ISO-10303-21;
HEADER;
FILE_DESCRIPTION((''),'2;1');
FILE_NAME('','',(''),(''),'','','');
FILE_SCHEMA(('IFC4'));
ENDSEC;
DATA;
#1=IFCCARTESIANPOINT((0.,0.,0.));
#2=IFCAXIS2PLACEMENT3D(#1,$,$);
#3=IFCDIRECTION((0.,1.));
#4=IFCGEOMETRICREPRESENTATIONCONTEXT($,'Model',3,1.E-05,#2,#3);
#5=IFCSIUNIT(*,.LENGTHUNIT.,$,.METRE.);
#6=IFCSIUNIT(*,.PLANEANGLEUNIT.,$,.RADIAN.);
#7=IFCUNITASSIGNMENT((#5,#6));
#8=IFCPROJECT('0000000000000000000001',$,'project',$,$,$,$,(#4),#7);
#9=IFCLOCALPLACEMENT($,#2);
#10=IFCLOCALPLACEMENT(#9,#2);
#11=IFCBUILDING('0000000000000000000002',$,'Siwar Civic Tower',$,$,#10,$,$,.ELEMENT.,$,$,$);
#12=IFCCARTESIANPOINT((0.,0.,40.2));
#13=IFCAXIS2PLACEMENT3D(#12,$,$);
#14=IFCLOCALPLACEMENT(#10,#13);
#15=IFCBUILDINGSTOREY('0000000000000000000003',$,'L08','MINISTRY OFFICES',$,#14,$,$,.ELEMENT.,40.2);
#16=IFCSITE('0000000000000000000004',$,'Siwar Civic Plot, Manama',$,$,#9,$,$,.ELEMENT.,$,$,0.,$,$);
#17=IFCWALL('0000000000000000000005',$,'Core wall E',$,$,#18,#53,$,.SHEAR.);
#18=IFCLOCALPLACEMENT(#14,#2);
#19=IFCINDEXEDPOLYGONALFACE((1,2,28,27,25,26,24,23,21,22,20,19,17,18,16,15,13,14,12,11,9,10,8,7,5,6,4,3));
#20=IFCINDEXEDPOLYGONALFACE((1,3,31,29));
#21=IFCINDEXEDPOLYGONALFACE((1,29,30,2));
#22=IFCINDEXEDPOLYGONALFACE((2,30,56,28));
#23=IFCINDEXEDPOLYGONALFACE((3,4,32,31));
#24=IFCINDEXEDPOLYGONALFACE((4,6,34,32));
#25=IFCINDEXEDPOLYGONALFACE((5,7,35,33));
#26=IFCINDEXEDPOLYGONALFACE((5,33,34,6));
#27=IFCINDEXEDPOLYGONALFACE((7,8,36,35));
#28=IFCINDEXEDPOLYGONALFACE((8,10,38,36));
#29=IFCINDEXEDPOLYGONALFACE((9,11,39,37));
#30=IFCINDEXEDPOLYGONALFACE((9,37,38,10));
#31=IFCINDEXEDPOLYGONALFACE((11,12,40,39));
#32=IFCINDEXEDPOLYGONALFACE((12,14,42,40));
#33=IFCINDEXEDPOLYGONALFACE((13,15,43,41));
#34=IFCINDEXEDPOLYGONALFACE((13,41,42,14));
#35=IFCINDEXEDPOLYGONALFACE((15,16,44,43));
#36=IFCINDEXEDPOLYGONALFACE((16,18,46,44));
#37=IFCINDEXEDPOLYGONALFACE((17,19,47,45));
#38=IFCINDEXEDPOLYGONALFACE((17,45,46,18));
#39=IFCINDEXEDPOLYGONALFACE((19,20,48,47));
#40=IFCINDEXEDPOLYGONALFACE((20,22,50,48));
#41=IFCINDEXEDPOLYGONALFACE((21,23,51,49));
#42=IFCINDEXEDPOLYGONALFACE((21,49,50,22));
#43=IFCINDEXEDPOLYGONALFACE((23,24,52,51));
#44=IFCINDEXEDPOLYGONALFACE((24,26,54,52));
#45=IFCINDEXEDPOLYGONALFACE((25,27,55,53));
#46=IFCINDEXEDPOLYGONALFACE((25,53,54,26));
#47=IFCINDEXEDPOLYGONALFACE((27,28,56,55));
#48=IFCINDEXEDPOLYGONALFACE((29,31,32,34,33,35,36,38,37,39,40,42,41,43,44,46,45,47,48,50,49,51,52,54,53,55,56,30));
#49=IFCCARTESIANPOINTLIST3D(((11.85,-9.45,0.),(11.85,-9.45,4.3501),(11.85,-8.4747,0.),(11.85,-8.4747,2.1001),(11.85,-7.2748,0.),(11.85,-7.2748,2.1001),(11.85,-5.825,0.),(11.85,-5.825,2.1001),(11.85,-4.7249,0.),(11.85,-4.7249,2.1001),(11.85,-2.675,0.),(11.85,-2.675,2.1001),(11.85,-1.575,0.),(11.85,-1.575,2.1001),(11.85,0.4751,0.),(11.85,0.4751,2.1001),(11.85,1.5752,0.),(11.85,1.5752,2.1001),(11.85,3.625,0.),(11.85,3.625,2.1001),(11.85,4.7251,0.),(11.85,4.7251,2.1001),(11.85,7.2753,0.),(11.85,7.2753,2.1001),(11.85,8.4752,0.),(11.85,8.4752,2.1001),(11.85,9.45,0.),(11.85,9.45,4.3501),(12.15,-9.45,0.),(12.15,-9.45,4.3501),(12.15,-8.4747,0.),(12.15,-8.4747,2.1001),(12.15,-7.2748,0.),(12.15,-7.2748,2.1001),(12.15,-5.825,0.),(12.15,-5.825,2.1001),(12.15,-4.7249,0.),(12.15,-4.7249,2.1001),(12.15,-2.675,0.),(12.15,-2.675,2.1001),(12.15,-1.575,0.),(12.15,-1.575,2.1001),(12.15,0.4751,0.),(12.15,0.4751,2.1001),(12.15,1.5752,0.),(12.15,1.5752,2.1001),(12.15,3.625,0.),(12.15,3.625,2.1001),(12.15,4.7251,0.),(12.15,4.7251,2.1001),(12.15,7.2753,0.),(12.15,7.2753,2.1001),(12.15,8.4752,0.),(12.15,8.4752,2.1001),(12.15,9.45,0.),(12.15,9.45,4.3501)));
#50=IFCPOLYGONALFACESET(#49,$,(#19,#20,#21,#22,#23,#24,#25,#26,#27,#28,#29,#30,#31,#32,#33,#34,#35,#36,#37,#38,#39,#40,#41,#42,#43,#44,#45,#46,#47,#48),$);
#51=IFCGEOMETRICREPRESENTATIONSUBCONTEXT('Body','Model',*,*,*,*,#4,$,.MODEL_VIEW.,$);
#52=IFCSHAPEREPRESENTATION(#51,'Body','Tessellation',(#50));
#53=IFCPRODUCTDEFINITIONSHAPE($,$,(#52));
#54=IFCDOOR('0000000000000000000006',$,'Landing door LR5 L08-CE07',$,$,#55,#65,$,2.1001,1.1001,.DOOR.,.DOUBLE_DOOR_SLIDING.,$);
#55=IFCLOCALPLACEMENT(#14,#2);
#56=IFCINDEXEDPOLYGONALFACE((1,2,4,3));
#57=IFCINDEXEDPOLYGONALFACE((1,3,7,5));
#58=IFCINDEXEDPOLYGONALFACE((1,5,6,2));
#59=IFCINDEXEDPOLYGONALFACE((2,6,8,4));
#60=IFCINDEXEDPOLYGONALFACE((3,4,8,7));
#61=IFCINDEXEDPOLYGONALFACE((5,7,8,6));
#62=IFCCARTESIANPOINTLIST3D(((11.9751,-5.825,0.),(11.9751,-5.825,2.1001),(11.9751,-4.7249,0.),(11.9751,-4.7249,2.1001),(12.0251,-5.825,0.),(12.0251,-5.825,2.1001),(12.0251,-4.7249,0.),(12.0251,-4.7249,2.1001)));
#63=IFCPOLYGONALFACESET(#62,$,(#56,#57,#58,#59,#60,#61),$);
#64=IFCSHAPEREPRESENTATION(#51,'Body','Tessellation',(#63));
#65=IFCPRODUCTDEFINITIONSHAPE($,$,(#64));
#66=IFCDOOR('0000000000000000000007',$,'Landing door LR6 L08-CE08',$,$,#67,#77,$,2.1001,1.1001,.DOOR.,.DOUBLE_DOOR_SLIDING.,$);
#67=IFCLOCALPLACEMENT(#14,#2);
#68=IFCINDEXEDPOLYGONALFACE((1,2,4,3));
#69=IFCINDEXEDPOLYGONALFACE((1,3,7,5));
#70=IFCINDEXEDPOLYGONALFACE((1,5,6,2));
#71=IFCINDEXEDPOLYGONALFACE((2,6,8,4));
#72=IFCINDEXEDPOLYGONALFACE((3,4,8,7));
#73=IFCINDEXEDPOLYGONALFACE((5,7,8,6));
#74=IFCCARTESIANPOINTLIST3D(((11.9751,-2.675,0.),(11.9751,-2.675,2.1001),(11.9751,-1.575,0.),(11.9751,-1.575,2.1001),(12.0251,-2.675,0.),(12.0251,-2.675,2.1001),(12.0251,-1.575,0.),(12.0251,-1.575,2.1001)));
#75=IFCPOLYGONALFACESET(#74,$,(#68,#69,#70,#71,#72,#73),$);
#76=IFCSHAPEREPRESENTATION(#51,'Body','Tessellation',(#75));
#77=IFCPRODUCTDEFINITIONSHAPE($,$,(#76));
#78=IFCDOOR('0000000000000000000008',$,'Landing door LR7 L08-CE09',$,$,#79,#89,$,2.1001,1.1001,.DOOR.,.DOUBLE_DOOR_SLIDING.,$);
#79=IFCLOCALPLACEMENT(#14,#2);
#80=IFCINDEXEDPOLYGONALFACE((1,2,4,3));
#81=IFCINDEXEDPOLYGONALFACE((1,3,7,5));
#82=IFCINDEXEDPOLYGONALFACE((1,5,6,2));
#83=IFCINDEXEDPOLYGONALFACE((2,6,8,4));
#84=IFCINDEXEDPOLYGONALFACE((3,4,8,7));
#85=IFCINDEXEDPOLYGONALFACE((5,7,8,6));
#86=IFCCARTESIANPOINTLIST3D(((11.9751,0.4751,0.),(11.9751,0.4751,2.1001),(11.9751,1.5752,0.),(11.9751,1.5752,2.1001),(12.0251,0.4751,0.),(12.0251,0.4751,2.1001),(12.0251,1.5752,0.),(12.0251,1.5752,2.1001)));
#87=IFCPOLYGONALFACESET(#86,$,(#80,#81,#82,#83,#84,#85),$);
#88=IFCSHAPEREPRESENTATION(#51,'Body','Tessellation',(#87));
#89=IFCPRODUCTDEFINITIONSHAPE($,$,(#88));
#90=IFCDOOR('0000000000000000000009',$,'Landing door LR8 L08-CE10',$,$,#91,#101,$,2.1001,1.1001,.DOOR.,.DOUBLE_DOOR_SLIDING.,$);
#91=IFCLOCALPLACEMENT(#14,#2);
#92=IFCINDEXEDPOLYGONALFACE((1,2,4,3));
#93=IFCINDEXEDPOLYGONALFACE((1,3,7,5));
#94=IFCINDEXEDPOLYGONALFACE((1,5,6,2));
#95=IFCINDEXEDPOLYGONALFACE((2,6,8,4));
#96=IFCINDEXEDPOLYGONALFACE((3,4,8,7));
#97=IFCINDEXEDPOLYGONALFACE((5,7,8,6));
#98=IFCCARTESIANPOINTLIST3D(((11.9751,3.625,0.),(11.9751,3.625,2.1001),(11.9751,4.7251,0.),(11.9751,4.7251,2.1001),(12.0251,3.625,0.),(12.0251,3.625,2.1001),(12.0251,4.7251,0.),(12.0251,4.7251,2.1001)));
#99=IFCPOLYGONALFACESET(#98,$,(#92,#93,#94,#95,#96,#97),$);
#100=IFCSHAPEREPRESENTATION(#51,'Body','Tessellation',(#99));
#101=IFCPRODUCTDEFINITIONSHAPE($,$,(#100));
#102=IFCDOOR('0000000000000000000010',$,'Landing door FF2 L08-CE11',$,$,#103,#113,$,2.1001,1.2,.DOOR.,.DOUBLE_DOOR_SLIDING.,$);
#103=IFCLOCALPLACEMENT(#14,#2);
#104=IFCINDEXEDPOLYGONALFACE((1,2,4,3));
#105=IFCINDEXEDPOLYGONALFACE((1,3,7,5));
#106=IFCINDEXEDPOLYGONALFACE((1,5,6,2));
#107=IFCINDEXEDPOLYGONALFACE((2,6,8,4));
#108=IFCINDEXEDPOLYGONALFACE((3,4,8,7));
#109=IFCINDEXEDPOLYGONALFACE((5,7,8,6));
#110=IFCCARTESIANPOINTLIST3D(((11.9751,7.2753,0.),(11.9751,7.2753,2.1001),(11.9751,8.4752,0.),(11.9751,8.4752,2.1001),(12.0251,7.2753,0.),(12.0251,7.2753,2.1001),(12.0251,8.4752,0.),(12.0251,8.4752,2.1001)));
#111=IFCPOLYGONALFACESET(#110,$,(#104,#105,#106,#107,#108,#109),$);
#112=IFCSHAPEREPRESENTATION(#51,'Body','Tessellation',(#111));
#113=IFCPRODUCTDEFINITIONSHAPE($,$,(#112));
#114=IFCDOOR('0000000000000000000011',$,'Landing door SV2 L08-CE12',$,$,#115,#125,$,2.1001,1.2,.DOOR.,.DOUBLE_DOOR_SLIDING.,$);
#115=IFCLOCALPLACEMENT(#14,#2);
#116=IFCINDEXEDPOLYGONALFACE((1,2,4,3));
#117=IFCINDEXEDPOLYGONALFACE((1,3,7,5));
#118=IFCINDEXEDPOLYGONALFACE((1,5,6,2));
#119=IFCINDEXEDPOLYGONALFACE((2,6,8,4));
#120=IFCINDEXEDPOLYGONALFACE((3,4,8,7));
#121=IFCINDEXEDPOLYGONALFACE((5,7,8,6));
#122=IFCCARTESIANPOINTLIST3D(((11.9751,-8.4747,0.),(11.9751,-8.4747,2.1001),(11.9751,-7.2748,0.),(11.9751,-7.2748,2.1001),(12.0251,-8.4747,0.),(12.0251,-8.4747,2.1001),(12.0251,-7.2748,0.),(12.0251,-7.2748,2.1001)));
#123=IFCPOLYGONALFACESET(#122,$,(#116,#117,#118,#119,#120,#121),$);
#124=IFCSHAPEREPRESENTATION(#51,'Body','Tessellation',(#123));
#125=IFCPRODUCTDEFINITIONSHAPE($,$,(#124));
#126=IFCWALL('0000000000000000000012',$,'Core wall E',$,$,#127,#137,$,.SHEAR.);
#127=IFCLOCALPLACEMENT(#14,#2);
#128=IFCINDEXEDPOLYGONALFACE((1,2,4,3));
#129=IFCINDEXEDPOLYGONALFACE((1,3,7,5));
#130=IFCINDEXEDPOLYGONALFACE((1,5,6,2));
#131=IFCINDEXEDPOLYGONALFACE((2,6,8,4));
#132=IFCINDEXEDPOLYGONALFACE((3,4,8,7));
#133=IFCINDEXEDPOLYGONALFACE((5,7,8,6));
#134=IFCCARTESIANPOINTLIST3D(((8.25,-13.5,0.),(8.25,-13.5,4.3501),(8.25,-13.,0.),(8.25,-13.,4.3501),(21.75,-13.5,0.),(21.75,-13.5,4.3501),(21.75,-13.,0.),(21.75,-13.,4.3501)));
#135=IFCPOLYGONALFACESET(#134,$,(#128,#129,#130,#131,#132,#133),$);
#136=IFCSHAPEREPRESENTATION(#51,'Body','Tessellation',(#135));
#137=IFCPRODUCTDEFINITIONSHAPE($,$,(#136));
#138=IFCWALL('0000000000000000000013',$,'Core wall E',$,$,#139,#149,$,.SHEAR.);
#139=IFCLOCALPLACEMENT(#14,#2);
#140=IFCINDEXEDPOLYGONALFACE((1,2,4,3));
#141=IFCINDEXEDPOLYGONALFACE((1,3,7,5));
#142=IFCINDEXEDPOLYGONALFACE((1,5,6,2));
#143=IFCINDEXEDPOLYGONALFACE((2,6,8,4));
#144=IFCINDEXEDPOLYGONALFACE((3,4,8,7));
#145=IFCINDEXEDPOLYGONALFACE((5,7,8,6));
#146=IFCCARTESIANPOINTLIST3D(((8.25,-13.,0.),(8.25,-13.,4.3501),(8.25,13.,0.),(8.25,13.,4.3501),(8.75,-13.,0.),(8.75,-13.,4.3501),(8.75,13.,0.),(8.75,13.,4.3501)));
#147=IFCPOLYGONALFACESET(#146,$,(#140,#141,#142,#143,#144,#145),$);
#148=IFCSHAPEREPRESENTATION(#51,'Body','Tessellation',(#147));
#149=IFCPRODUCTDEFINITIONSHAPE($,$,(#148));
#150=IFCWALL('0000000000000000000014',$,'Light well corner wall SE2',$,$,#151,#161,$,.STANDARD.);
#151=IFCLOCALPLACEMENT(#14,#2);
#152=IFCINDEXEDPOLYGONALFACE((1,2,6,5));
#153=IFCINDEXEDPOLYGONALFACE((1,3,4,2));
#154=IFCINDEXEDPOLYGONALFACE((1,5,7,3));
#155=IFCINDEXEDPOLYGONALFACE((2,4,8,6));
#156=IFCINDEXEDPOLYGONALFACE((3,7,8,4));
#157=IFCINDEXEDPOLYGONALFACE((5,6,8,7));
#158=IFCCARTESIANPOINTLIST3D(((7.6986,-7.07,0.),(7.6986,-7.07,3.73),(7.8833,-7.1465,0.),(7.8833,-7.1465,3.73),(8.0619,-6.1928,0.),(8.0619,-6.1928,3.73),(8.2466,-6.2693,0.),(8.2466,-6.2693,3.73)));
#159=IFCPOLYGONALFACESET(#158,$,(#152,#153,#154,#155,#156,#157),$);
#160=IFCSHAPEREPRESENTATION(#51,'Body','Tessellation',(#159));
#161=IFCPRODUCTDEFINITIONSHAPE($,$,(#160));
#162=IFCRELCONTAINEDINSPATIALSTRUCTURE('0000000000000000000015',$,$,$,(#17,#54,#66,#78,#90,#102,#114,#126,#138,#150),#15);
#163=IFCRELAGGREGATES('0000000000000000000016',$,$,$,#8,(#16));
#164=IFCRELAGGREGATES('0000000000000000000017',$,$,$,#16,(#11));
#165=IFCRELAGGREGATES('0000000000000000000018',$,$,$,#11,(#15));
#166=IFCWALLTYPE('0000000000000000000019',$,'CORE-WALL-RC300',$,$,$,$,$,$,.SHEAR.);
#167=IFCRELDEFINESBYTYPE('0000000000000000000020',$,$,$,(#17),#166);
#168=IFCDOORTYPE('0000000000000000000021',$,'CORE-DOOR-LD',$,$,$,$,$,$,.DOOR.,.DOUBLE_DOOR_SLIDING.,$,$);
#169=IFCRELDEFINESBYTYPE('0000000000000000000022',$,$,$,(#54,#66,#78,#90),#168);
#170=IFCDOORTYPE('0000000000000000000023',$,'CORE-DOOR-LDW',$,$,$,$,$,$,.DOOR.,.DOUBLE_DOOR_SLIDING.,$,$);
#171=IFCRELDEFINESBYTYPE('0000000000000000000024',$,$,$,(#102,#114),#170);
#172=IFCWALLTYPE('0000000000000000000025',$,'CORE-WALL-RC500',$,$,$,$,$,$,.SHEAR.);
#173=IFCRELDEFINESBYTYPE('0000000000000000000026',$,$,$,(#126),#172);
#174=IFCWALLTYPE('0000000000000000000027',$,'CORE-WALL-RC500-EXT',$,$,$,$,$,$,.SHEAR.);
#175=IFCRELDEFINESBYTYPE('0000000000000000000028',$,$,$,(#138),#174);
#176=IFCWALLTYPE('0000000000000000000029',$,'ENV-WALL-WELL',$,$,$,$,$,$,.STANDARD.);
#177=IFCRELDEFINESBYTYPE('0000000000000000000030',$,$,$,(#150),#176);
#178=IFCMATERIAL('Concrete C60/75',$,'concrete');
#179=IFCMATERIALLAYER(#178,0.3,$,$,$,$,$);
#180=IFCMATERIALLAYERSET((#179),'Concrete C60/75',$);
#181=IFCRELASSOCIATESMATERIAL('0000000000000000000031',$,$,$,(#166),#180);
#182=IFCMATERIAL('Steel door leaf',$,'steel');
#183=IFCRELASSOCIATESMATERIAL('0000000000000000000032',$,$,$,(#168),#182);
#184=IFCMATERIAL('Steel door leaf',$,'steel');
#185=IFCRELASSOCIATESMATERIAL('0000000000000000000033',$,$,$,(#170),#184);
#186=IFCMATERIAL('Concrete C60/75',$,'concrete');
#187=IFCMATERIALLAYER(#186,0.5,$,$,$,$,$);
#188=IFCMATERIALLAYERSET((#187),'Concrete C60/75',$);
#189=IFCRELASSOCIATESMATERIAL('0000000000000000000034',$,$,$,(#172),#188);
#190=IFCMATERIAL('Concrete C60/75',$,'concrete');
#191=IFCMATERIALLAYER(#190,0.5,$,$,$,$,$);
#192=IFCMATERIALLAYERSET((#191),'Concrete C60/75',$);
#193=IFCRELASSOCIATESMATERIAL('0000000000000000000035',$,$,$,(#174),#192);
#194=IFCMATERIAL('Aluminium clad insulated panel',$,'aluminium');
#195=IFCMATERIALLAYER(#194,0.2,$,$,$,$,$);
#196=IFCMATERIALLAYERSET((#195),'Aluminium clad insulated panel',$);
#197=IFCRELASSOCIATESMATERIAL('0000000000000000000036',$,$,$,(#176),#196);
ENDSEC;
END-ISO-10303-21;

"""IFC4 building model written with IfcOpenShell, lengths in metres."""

from ifc_helpers import new_model, si_unit, direction, frame, frame_2d, origin, place, context, subcontext, project, spatial, rectangle, extrude, material, layer, layer_set, type_object, element, fill, save


model = new_model("IFC4")

# Units and contexts
model_context = context("Model", 3, precision=1e-05, world=origin(), true_north=direction((0.0, 1.0)))
body_context = subcontext(model_context, "Body", "Model", "MODEL_VIEW")
ifc_project = project(units=[si_unit("LENGTHUNIT", "METRE"), si_unit("PLANEANGLEUNIT", "RADIAN")], contexts=[model_context])

# Site, building, storey
site_placement = place(None, origin())
site = spatial("IfcSite", under=ifc_project, at=site_placement, Name="Siwar Civic Plot, Manama", CompositionType="ELEMENT", RefElevation=0.0)
building_placement = place(site_placement, origin())
building = spatial("IfcBuilding", under=site, at=building_placement, Name="Siwar Civic Tower", CompositionType="ELEMENT")
storey_placement = place(building_placement, frame((0.0, 0.0, 40.2)))
storey = spatial("IfcBuildingStorey", under=building, at=storey_placement, Name="L08", Description="MINISTRY OFFICES", CompositionType="ELEMENT", Elevation=40.2)

# Wall, openings, doors
ifc_material_1 = material(Name="Concrete C60/75", Category="concrete")
ifc_layer_1 = layer(ifc_material_1, 0.3)
ifc_layer_set_1 = layer_set([ifc_layer_1], Name="Concrete C60/75")
wall_type_1 = type_object("IfcWallType", Name="CORE-WALL-RC300", PredefinedType="SHEAR", material=ifc_layer_set_1)
wall_1_placement = place(storey_placement, frame((12.0, -9.45, 0.0), z_axis=(0.0, 0.0, 1.0), x_axis=(0.0, 1.0, 0.0)))
wall_1 = element("IfcWall", 1, at=wall_1_placement, inside=storey, type_object=wall_type_1, Name="Core wall E", PredefinedType="SHEAR", context=body_context, shape_type="SweptSolid", body=[
    extrude(rectangle(XDim=18.8999, YDim=0.3, at=frame_2d((9.45, 0.0))), origin(), (0.0, 0.0, 1.0), 4.3501),
])
opening_1_placement = place(wall_1_placement, frame((3.625, 0.0, 0.0)))
opening_1 = element("IfcOpeningElement", 2, at=opening_1_placement, cuts=wall_1, PredefinedType="OPENING", context=body_context, shape_type="SweptSolid", body=[
    extrude(rectangle(XDim=1.1001, YDim=2.1001, at=frame_2d((0.55, 1.05))), frame((0.0, 0.1602, 0.0), z_axis=(0.0, -1.0, 0.0), x_axis=(1.0, 0.0, 0.0)), (0.0, 0.0, 1.0), 0.3201),
])
opening_2_placement = place(wall_1_placement, frame((6.7749, 0.0, 0.0)))
opening_2 = element("IfcOpeningElement", 3, at=opening_2_placement, cuts=wall_1, PredefinedType="OPENING", context=body_context, shape_type="SweptSolid", body=[
    extrude(rectangle(XDim=1.1001, YDim=2.1001, at=frame_2d((0.55, 1.05))), frame((0.0, 0.1602, 0.0), z_axis=(0.0, -1.0, 0.0), x_axis=(1.0, 0.0, 0.0)), (0.0, 0.0, 1.0), 0.3201),
])
opening_3_placement = place(wall_1_placement, frame((9.925, 0.0, 0.0)))
opening_3 = element("IfcOpeningElement", 4, at=opening_3_placement, cuts=wall_1, PredefinedType="OPENING", context=body_context, shape_type="SweptSolid", body=[
    extrude(rectangle(XDim=1.1001, YDim=2.1001, at=frame_2d((0.55, 1.05))), frame((0.0, 0.1602, 0.0), z_axis=(0.0, -1.0, 0.0), x_axis=(1.0, 0.0, 0.0)), (0.0, 0.0, 1.0), 0.3201),
])
opening_4_placement = place(wall_1_placement, frame((13.075, 0.0, 0.0)))
opening_4 = element("IfcOpeningElement", 5, at=opening_4_placement, cuts=wall_1, PredefinedType="OPENING", context=body_context, shape_type="SweptSolid", body=[
    extrude(rectangle(XDim=1.1001, YDim=2.1001, at=frame_2d((0.55, 1.05))), frame((0.0, 0.1602, 0.0), z_axis=(0.0, -1.0, 0.0), x_axis=(1.0, 0.0, 0.0)), (0.0, 0.0, 1.0), 0.3201),
])
opening_5_placement = place(wall_1_placement, frame((16.7251, 0.0, 0.0)))
opening_5 = element("IfcOpeningElement", 6, at=opening_5_placement, cuts=wall_1, PredefinedType="OPENING", context=body_context, shape_type="SweptSolid", body=[
    extrude(rectangle(XDim=1.2, YDim=2.1001, at=frame_2d((0.6001, 1.05))), frame((0.0, 0.1602, 0.0), z_axis=(0.0, -1.0, 0.0), x_axis=(1.0, 0.0, 0.0)), (0.0, 0.0, 1.0), 0.3201),
])
opening_6_placement = place(wall_1_placement, frame((0.9751, 0.0, 0.0)))
opening_6 = element("IfcOpeningElement", 7, at=opening_6_placement, cuts=wall_1, PredefinedType="OPENING", context=body_context, shape_type="SweptSolid", body=[
    extrude(rectangle(XDim=1.2, YDim=2.1001, at=frame_2d((0.6001, 1.05))), frame((0.0, 0.1602, 0.0), z_axis=(0.0, -1.0, 0.0), x_axis=(1.0, 0.0, 0.0)), (0.0, 0.0, 1.0), 0.3201),
])
ifc_material_2 = material(Name="Steel door leaf", Category="steel")
door_type_1 = type_object("IfcDoorType", Name="CORE-DOOR-LD", OperationType="DOUBLE_DOOR_SLIDING", PredefinedType="DOOR", material=ifc_material_2)
door_1_placement = place(opening_1_placement, origin())
door_1 = element("IfcDoor", 8, at=door_1_placement, inside=storey, type_object=door_type_1, Name="Landing door LR5 L08-CE07", OperationType="DOUBLE_DOOR_SLIDING", OverallHeight=2.1001, OverallWidth=1.1001, PredefinedType="DOOR", context=body_context, shape_type="SweptSolid", body=[
    extrude(rectangle(XDim=1.1001, YDim=2.1001, at=frame_2d((0.55, 1.05))), frame((0.0, 0.0249, 0.0), z_axis=(0.0, -1.0, 0.0), x_axis=(1.0, 0.0, 0.0)), (0.0, 0.0, 1.0), 0.05),
])
fill(opening_1, door_1)
door_2_placement = place(opening_2_placement, origin())
door_2 = element("IfcDoor", 9, at=door_2_placement, inside=storey, type_object=door_type_1, Name="Landing door LR6 L08-CE08", OperationType="DOUBLE_DOOR_SLIDING", OverallHeight=2.1001, OverallWidth=1.1001, PredefinedType="DOOR", context=body_context, shape_type="SweptSolid", body=[
    extrude(rectangle(XDim=1.1001, YDim=2.1001, at=frame_2d((0.55, 1.05))), frame((0.0, 0.0249, 0.0), z_axis=(0.0, -1.0, 0.0), x_axis=(1.0, 0.0, 0.0)), (0.0, 0.0, 1.0), 0.05),
])
fill(opening_2, door_2)
door_3_placement = place(opening_3_placement, origin())
door_3 = element("IfcDoor", 10, at=door_3_placement, inside=storey, type_object=door_type_1, Name="Landing door LR7 L08-CE09", OperationType="DOUBLE_DOOR_SLIDING", OverallHeight=2.1001, OverallWidth=1.1001, PredefinedType="DOOR", context=body_context, shape_type="SweptSolid", body=[
    extrude(rectangle(XDim=1.1001, YDim=2.1001, at=frame_2d((0.55, 1.05))), frame((0.0, 0.0249, 0.0), z_axis=(0.0, -1.0, 0.0), x_axis=(1.0, 0.0, 0.0)), (0.0, 0.0, 1.0), 0.05),
])
fill(opening_3, door_3)
door_4_placement = place(opening_4_placement, origin())
door_4 = element("IfcDoor", 11, at=door_4_placement, inside=storey, type_object=door_type_1, Name="Landing door LR8 L08-CE10", OperationType="DOUBLE_DOOR_SLIDING", OverallHeight=2.1001, OverallWidth=1.1001, PredefinedType="DOOR", context=body_context, shape_type="SweptSolid", body=[
    extrude(rectangle(XDim=1.1001, YDim=2.1001, at=frame_2d((0.55, 1.05))), frame((0.0, 0.0249, 0.0), z_axis=(0.0, -1.0, 0.0), x_axis=(1.0, 0.0, 0.0)), (0.0, 0.0, 1.0), 0.05),
])
fill(opening_4, door_4)
ifc_material_3 = material(Name="Steel door leaf", Category="steel")
door_type_2 = type_object("IfcDoorType", Name="CORE-DOOR-LDW", OperationType="DOUBLE_DOOR_SLIDING", PredefinedType="DOOR", material=ifc_material_3)
door_5_placement = place(opening_5_placement, origin())
door_5 = element("IfcDoor", 12, at=door_5_placement, inside=storey, type_object=door_type_2, Name="Landing door FF2 L08-CE11", OperationType="DOUBLE_DOOR_SLIDING", OverallHeight=2.1001, OverallWidth=1.2, PredefinedType="DOOR", context=body_context, shape_type="SweptSolid", body=[
    extrude(rectangle(XDim=1.2, YDim=2.1001, at=frame_2d((0.6001, 1.05))), frame((0.0, 0.0249, 0.0), z_axis=(0.0, -1.0, 0.0), x_axis=(1.0, 0.0, 0.0)), (0.0, 0.0, 1.0), 0.05),
])
fill(opening_5, door_5)
door_6_placement = place(opening_6_placement, origin())
door_6 = element("IfcDoor", 13, at=door_6_placement, inside=storey, type_object=door_type_2, Name="Landing door SV2 L08-CE12", OperationType="DOUBLE_DOOR_SLIDING", OverallHeight=2.1001, OverallWidth=1.2, PredefinedType="DOOR", context=body_context, shape_type="SweptSolid", body=[
    extrude(rectangle(XDim=1.2, YDim=2.1001, at=frame_2d((0.6001, 1.05))), frame((0.0, 0.0249, 0.0), z_axis=(0.0, -1.0, 0.0), x_axis=(1.0, 0.0, 0.0)), (0.0, 0.0, 1.0), 0.05),
])
fill(opening_6, door_6)

# Walls
ifc_material_4 = material(Name="Concrete C60/75", Category="concrete")
ifc_layer_2 = layer(ifc_material_4, 0.5)
ifc_layer_set_2 = layer_set([ifc_layer_2], Name="Concrete C60/75")
wall_type_2 = type_object("IfcWallType", Name="CORE-WALL-RC500", PredefinedType="SHEAR", material=ifc_layer_set_2)
wall_2_placement = place(storey_placement, frame((8.25, -13.25, 0.0), z_axis=(0.0, 0.0, 1.0), x_axis=(1.0, 0.0, 0.0)))
element("IfcWall", 14, at=wall_2_placement, inside=storey, type_object=wall_type_2, Name="Core wall E", PredefinedType="SHEAR", context=body_context, shape_type="SweptSolid", body=[
    extrude(rectangle(XDim=13.5, YDim=0.5, at=frame_2d((6.75, 0.0))), origin(), (0.0, 0.0, 1.0), 4.3501),
])
ifc_material_5 = material(Name="Concrete C60/75", Category="concrete")
ifc_layer_3 = layer(ifc_material_5, 0.5)
ifc_layer_set_3 = layer_set([ifc_layer_3], Name="Concrete C60/75")
wall_type_3 = type_object("IfcWallType", Name="CORE-WALL-RC500-EXT", PredefinedType="SHEAR", material=ifc_layer_set_3)
wall_3_placement = place(storey_placement, frame((8.5, -13.0, 0.0), z_axis=(0.0, 0.0, 1.0), x_axis=(0.0, 1.0, 0.0)))
element("IfcWall", 15, at=wall_3_placement, inside=storey, type_object=wall_type_3, Name="Core wall E", PredefinedType="SHEAR", context=body_context, shape_type="SweptSolid", body=[
    extrude(rectangle(XDim=26.0, YDim=0.5, at=frame_2d((13.0, 0.0))), origin(), (0.0, 0.0, 1.0), 4.3501),
])
ifc_material_6 = material(Name="Aluminium clad insulated panel", Category="aluminium")
ifc_layer_4 = layer(ifc_material_6, 0.2)
ifc_layer_set_4 = layer_set([ifc_layer_4], Name="Aluminium clad insulated panel")
wall_type_4 = type_object("IfcWallType", Name="ENV-WALL-WELL", PredefinedType="STANDARD", material=ifc_layer_set_4)
wall_4_placement = place(storey_placement, frame((7.791, -7.1082, 0.0), z_axis=(0.0, 0.0, 1.0), x_axis=(0.382624, 0.923904, 0.0)))
element("IfcWall", 16, at=wall_4_placement, inside=storey, type_object=wall_type_4, Name="Light well corner wall SE2", PredefinedType="STANDARD", context=body_context, shape_type="SweptSolid", body=[
    extrude(rectangle(XDim=0.9495, YDim=0.2, at=frame_2d((0.4746, 0.0))), origin(), (0.0, 0.0, 1.0), 3.73),
])

save(model, "model.ifc")
